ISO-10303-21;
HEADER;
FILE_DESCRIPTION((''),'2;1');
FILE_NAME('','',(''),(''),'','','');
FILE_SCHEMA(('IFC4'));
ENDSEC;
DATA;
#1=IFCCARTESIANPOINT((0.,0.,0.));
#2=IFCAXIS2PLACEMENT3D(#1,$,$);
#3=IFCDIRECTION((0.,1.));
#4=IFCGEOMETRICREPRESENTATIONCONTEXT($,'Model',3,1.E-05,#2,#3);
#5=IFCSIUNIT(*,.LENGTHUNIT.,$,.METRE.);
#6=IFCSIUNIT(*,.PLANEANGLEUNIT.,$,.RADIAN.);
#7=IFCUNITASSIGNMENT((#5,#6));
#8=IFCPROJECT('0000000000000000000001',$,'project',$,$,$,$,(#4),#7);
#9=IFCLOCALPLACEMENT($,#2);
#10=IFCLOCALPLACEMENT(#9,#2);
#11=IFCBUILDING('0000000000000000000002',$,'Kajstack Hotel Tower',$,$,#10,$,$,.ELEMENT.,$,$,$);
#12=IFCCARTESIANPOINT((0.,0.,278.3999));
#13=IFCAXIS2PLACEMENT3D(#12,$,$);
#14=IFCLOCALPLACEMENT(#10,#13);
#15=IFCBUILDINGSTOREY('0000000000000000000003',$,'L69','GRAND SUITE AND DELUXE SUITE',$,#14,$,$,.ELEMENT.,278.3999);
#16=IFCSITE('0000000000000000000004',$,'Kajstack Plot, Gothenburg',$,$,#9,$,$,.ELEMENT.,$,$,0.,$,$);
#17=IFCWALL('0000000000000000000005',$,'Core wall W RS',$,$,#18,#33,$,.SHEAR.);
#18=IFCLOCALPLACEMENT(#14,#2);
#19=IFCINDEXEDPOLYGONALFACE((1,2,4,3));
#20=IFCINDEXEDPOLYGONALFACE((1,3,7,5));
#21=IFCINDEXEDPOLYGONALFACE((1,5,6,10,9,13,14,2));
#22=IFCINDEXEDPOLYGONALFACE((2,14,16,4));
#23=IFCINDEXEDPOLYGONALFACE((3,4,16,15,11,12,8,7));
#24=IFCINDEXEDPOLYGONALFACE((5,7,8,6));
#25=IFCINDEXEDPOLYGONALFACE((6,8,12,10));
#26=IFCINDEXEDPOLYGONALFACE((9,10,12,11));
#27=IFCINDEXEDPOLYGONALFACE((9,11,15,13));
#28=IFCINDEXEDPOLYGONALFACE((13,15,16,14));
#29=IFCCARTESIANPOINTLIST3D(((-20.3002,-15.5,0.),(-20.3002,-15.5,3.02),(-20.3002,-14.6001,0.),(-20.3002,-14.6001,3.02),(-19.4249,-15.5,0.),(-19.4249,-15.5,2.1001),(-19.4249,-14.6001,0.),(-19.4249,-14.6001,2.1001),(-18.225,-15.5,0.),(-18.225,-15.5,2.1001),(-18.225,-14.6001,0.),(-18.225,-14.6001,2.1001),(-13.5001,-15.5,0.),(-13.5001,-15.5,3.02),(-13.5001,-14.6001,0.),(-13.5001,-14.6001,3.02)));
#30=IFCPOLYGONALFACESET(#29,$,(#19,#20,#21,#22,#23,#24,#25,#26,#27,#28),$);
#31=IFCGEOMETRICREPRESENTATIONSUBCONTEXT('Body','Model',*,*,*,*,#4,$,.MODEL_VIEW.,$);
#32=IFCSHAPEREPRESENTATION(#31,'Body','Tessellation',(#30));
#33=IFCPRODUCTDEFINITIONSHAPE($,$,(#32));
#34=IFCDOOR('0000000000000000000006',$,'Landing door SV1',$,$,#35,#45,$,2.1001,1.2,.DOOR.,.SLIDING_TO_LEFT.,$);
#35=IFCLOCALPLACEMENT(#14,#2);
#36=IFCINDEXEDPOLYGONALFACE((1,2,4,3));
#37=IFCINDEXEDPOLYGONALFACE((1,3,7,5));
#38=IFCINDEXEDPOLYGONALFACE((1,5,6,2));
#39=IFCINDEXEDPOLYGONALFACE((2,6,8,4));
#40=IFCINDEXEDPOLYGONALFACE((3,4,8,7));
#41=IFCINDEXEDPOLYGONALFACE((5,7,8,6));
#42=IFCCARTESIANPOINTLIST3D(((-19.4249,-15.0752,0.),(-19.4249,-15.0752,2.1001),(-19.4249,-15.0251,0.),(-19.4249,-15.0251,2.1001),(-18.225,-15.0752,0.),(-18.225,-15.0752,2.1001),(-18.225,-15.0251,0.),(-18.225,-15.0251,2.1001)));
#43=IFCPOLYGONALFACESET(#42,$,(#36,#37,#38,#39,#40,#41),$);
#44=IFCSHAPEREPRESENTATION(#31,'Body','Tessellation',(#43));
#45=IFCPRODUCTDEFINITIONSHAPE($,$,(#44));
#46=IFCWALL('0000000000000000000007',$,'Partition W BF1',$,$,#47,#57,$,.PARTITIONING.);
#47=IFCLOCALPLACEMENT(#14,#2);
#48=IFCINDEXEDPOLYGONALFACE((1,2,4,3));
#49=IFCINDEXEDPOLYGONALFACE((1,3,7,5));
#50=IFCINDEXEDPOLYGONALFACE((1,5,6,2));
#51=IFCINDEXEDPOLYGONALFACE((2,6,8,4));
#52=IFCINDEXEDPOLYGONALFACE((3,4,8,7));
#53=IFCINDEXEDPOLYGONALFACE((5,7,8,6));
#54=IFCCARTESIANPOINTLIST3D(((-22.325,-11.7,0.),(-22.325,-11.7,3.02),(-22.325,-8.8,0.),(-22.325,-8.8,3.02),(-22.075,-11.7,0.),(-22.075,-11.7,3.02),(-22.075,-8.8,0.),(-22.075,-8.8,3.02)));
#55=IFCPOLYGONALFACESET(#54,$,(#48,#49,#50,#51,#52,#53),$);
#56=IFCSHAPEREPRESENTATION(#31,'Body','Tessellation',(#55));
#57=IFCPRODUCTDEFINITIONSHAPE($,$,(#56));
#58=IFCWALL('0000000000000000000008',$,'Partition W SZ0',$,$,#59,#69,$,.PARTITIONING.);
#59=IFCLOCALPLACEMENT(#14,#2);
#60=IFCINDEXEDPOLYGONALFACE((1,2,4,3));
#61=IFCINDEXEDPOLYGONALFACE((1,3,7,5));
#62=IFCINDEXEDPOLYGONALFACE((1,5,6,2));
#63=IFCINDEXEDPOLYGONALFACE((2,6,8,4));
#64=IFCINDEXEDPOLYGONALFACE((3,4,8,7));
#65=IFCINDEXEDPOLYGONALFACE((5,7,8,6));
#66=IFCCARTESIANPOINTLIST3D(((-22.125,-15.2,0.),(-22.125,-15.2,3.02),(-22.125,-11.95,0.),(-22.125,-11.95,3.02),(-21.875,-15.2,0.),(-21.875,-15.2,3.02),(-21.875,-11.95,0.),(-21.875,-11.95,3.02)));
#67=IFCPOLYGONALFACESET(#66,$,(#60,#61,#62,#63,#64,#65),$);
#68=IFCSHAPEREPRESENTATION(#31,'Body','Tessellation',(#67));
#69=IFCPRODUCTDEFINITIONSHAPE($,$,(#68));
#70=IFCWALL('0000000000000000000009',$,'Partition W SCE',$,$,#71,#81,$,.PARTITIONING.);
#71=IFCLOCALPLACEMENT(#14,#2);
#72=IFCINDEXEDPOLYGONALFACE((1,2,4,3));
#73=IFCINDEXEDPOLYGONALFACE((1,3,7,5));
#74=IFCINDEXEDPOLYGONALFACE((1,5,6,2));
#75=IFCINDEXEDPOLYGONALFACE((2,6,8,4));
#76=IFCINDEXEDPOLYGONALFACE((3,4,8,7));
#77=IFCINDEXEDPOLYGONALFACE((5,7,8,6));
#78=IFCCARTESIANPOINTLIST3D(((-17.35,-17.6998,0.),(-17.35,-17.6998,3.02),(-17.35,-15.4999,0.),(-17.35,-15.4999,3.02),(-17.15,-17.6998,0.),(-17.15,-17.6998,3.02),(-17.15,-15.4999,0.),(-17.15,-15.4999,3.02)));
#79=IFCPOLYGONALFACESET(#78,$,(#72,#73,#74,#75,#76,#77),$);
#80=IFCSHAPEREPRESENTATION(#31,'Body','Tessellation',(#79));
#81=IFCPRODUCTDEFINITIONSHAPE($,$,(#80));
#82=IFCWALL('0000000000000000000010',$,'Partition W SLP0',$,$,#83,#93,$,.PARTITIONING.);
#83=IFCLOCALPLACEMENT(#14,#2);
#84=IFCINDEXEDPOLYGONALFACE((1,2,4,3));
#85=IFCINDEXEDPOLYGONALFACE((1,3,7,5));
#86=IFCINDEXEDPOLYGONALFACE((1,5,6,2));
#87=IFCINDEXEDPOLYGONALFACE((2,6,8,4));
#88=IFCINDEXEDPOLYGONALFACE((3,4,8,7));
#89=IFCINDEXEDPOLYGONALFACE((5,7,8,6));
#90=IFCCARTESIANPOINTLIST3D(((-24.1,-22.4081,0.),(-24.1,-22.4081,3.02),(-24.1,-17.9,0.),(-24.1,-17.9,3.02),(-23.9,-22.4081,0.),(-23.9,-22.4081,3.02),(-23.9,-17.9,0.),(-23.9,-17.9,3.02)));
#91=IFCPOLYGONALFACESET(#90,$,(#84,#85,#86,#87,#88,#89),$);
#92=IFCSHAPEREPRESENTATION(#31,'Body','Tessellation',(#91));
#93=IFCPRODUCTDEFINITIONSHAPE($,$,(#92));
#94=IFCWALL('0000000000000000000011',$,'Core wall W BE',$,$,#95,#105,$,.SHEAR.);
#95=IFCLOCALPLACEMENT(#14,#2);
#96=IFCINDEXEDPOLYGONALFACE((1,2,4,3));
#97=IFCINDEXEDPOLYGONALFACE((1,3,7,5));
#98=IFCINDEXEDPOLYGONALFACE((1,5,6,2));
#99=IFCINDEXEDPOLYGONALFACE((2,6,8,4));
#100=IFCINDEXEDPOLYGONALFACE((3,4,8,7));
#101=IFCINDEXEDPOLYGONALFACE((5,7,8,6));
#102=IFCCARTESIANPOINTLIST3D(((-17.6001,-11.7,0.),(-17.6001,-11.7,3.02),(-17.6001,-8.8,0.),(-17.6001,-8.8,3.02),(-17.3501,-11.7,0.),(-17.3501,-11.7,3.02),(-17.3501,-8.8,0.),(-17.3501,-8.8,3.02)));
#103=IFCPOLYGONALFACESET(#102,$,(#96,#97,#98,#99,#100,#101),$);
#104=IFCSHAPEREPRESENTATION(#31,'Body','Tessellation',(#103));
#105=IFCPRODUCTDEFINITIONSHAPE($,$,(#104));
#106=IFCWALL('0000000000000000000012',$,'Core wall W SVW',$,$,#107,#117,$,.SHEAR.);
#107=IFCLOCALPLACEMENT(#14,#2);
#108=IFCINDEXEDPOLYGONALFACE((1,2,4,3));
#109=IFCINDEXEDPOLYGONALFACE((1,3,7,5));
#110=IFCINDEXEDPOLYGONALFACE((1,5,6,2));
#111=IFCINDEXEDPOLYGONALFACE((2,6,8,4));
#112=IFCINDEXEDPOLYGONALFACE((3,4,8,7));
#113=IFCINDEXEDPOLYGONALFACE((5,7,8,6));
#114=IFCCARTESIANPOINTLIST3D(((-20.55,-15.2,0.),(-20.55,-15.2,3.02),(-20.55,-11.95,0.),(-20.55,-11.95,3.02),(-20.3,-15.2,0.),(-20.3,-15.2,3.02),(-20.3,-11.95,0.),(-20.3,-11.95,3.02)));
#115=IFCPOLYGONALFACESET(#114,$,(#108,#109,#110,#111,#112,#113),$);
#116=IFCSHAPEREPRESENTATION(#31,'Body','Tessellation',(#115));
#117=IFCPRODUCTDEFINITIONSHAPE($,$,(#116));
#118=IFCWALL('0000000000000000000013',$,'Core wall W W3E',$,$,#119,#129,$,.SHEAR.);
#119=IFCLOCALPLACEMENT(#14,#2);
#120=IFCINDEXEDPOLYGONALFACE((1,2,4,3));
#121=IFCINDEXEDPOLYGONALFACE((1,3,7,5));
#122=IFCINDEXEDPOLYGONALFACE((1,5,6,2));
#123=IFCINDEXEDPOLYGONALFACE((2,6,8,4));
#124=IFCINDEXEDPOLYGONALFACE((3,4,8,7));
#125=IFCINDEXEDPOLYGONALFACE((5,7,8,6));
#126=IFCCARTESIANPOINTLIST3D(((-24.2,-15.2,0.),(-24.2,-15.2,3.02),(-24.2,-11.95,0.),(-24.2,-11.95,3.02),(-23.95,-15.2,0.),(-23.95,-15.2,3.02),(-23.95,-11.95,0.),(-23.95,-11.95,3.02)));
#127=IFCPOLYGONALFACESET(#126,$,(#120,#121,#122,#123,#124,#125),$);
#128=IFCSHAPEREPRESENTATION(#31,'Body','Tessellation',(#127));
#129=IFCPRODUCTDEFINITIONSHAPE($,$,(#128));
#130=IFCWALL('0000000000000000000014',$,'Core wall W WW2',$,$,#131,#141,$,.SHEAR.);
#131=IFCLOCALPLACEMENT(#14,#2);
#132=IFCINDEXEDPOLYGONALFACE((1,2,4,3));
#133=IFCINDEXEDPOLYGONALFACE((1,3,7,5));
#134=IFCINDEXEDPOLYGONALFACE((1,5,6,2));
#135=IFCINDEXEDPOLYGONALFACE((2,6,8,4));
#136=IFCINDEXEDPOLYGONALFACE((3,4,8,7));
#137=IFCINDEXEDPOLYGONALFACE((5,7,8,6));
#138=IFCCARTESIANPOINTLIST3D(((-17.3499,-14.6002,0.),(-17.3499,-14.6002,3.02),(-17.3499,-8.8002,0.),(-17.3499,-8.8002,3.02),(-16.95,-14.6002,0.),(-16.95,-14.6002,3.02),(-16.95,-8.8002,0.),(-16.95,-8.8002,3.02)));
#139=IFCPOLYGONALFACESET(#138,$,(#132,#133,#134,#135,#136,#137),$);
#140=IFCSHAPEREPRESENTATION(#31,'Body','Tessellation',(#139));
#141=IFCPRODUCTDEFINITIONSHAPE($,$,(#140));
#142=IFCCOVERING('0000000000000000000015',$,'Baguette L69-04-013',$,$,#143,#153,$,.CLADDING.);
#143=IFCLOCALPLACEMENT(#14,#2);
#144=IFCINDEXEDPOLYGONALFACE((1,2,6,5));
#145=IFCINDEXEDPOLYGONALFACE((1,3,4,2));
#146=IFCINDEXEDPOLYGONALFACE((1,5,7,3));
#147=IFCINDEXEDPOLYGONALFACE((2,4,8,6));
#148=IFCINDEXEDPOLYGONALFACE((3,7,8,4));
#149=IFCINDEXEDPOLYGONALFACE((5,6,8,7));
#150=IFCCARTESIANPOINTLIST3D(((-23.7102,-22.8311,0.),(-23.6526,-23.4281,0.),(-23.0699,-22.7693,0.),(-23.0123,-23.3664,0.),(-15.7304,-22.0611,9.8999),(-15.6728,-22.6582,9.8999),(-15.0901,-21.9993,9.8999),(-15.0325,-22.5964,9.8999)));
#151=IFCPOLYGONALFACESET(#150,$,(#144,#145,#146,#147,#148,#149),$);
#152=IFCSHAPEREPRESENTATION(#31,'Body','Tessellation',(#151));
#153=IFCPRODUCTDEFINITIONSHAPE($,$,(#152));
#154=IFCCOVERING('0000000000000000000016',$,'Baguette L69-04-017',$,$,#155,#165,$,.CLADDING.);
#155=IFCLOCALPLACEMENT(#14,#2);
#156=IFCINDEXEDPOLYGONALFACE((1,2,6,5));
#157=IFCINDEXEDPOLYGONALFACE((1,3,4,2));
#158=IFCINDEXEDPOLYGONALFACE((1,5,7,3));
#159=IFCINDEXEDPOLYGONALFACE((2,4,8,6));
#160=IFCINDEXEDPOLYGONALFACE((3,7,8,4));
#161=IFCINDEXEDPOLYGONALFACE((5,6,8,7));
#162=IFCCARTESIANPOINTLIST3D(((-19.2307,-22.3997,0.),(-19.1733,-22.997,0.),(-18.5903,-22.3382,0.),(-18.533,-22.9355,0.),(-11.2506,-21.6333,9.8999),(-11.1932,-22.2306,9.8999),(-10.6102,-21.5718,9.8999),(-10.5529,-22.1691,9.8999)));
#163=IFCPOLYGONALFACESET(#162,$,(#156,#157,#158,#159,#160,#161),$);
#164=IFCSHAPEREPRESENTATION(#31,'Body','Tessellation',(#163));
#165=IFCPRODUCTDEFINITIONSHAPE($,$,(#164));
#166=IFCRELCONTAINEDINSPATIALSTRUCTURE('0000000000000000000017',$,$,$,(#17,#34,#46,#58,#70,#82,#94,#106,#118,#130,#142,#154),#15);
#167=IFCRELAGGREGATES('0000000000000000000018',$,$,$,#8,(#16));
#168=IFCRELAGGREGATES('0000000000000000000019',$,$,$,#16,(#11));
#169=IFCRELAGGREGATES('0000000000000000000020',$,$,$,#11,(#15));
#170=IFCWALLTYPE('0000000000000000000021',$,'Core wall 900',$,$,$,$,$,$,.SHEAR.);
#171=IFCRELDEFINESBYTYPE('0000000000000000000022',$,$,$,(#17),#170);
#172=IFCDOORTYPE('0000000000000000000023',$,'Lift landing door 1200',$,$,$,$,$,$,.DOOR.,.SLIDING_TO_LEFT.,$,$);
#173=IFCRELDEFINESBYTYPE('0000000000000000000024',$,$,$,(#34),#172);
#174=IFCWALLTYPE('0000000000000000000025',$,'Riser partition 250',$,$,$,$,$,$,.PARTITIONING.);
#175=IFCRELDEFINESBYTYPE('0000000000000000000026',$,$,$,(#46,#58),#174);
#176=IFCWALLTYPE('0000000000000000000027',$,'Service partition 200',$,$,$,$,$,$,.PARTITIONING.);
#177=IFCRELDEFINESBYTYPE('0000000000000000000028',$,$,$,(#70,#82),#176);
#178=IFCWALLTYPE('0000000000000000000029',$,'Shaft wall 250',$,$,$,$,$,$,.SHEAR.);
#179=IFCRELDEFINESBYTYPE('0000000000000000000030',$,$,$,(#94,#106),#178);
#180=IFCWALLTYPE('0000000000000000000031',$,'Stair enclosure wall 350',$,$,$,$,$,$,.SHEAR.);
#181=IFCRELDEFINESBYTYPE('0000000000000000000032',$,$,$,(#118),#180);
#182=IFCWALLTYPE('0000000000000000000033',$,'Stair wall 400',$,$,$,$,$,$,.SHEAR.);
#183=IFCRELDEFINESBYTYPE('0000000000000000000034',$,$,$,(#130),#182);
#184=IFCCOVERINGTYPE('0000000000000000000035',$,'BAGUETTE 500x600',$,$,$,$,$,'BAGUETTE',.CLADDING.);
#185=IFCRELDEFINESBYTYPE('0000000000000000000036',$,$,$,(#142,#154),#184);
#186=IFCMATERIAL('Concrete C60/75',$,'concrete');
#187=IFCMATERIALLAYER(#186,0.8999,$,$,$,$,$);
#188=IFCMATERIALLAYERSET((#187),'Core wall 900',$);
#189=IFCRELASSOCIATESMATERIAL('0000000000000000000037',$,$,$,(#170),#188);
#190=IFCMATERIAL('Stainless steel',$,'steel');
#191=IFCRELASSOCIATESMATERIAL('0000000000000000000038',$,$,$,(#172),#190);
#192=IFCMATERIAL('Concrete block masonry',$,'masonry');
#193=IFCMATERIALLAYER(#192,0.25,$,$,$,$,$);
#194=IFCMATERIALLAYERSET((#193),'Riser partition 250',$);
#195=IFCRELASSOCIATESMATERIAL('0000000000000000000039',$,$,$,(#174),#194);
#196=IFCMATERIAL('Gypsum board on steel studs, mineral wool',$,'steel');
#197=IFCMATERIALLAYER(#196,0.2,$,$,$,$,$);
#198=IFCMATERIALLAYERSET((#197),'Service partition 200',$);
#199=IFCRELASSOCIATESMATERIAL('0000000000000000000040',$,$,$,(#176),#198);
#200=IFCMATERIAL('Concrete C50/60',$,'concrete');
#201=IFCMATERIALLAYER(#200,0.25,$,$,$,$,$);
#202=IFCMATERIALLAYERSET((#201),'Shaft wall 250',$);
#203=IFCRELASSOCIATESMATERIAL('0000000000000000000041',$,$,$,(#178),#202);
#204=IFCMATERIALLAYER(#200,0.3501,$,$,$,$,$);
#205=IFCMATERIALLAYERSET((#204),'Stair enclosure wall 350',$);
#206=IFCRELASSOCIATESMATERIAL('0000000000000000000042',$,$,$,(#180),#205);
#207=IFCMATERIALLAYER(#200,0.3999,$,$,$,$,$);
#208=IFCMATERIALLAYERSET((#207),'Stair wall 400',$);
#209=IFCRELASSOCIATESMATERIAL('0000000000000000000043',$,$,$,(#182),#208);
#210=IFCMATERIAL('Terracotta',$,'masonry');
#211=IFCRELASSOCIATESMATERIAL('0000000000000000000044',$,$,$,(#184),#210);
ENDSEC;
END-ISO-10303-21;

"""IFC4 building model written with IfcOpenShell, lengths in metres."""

from ifc_helpers import new_model, si_unit, direction, frame, frame_2d, origin, origin_2d, place, context, subcontext, project, spatial, polyline, rectangle, outline, extrude, material, layer, layer_set, material_profile, profile_set, type_object, element, fill, save


model = new_model("IFC4")

# Units and contexts
model_context = context("Model", 3, precision=1e-05, world=origin(), true_north=direction((0.0, 1.0)))
body_context = subcontext(model_context, "Body", "Model", "MODEL_VIEW")
ifc_project = project(units=[si_unit("LENGTHUNIT", "METRE"), si_unit("PLANEANGLEUNIT", "RADIAN")], contexts=[model_context])

# Site, building, storey
site_placement = place(None, origin())
site = spatial("IfcSite", under=ifc_project, at=site_placement, Name="Kajstack Plot, Gothenburg", CompositionType="ELEMENT", RefElevation=0.0)
building_placement = place(site_placement, origin())
building = spatial("IfcBuilding", under=site, at=building_placement, Name="Kajstack Hotel Tower", CompositionType="ELEMENT")
storey_placement = place(building_placement, frame((0.0, 0.0, 278.3999)))
storey = spatial("IfcBuildingStorey", under=building, at=storey_placement, Name="L69", Description="GRAND SUITE AND DELUXE SUITE", CompositionType="ELEMENT", Elevation=278.3999)

# Wall, opening, door
ifc_material_1 = material(Name="Concrete C60/75", Category="concrete")
ifc_layer_1 = layer(ifc_material_1, 0.8999)
ifc_layer_set_1 = layer_set([ifc_layer_1], Name="Core wall 900")
wall_type_1 = type_object("IfcWallType", Name="Core wall 900", PredefinedType="SHEAR", material=ifc_layer_set_1)
wall_1_placement = place(storey_placement, frame((-20.3, -15.05, 0.0), z_axis=(0.0, 0.0, 1.0), x_axis=(1.0, 0.0, 0.0)))
wall_1 = element("IfcWall", 1, at=wall_1_placement, inside=storey, type_object=wall_type_1, Name="Core wall W RS", PredefinedType="SHEAR", context=body_context, shape_type="SweptSolid", body=[
    extrude(rectangle(XDim=6.8, YDim=0.8999, at=frame_2d((3.3999, 0.0))), origin(), (0.0, 0.0, 1.0), 3.02),
])
opening_placement = place(wall_1_placement, frame((0.875, 0.0, 0.0)))
opening = element("IfcOpeningElement", 2, at=opening_placement, cuts=wall_1, PredefinedType="OPENING", context=body_context, shape_type="SweptSolid", body=[
    extrude(rectangle(XDim=1.2, YDim=2.1001, at=frame_2d((0.6001, 1.05))), frame((0.0, 0.46, 0.0), z_axis=(0.0, -1.0, 0.0), x_axis=(1.0, 0.0, 0.0)), (0.0, 0.0, 1.0), 0.9199),
])
ifc_material_2 = material(Name="Stainless steel", Category="steel")
door_type = type_object("IfcDoorType", Name="Lift landing door 1200", OperationType="SLIDING_TO_LEFT", PredefinedType="DOOR", material=ifc_material_2)
door_placement = place(opening_placement, origin())
door = element("IfcDoor", 3, at=door_placement, inside=storey, type_object=door_type, Name="Landing door SV1", OperationType="SLIDING_TO_LEFT", OverallHeight=2.1001, OverallWidth=1.2, PredefinedType="DOOR", context=body_context, shape_type="SweptSolid", body=[
    extrude(rectangle(XDim=1.2, YDim=2.1001, at=frame_2d((0.6001, 1.05))), frame((0.0, 0.0249, 0.0), z_axis=(0.0, -1.0, 0.0), x_axis=(1.0, 0.0, 0.0)), (0.0, 0.0, 1.0), 0.05),
])
fill(opening, door)

# Walls
ifc_material_3 = material(Name="Concrete block masonry", Category="masonry")
ifc_layer_2 = layer(ifc_material_3, 0.25)
ifc_layer_set_2 = layer_set([ifc_layer_2], Name="Riser partition 250")
wall_type_2 = type_object("IfcWallType", Name="Riser partition 250", PredefinedType="PARTITIONING", material=ifc_layer_set_2)
wall_2_placement = place(storey_placement, frame((-22.2, -11.7, 0.0), z_axis=(0.0, 0.0, 1.0), x_axis=(0.0, 1.0, 0.0)))
element("IfcWall", 4, at=wall_2_placement, inside=storey, type_object=wall_type_2, Name="Partition W BF1", PredefinedType="PARTITIONING", context=body_context, shape_type="SweptSolid", body=[
    extrude(rectangle(XDim=2.8999, YDim=0.25, at=frame_2d((1.45, 0.0))), origin(), (0.0, 0.0, 1.0), 3.02),
])
wall_3_placement = place(storey_placement, frame((-22.0, -15.2, 0.0), z_axis=(0.0, 0.0, 1.0), x_axis=(0.0, 1.0, 0.0)))
element("IfcWall", 5, at=wall_3_placement, inside=storey, type_object=wall_type_2, Name="Partition W SZ0", PredefinedType="PARTITIONING", context=body_context, shape_type="SweptSolid", body=[
    extrude(rectangle(XDim=3.25, YDim=0.25, at=frame_2d((1.625, 0.0))), origin(), (0.0, 0.0, 1.0), 3.02),
])
ifc_material_4 = material(Name="Gypsum board on steel studs, mineral wool", Category="steel")
ifc_layer_3 = layer(ifc_material_4, 0.2)
ifc_layer_set_3 = layer_set([ifc_layer_3], Name="Service partition 200")
wall_type_3 = type_object("IfcWallType", Name="Service partition 200", PredefinedType="PARTITIONING", material=ifc_layer_set_3)
wall_4_placement = place(storey_placement, frame((-17.25, -17.7, 0.0), z_axis=(0.0, 0.0, 1.0), x_axis=(0.0, 1.0, 0.0)))
element("IfcWall", 6, at=wall_4_placement, inside=storey, type_object=wall_type_3, Name="Partition W SCE", PredefinedType="PARTITIONING", context=body_context, shape_type="SweptSolid", body=[
    extrude(rectangle(XDim=2.2, YDim=0.2, at=frame_2d((1.1001, 0.0))), origin(), (0.0, 0.0, 1.0), 3.02),
])
wall_5_placement = place(storey_placement, frame((-24.0, -22.408, 0.0), z_axis=(0.0, 0.0, 1.0), x_axis=(0.0, 1.0, 0.0)))
element("IfcWall", 7, at=wall_5_placement, inside=storey, type_object=wall_type_3, Name="Partition W SLP0", PredefinedType="PARTITIONING", context=body_context, shape_type="SweptSolid", body=[
    extrude(rectangle(XDim=4.5081, YDim=0.2, at=frame_2d((2.2539, 0.0))), origin(), (0.0, 0.0, 1.0), 3.02),
])
ifc_material_5 = material(Name="Concrete C50/60", Category="concrete")
ifc_layer_4 = layer(ifc_material_5, 0.25)
ifc_layer_set_4 = layer_set([ifc_layer_4], Name="Shaft wall 250")
wall_type_4 = type_object("IfcWallType", Name="Shaft wall 250", PredefinedType="SHEAR", material=ifc_layer_set_4)
wall_6_placement = place(storey_placement, frame((-17.4751, -11.7, 0.0), z_axis=(0.0, 0.0, 1.0), x_axis=(0.0, 1.0, 0.0)))
element("IfcWall", 8, at=wall_6_placement, inside=storey, type_object=wall_type_4, Name="Core wall W BE", PredefinedType="SHEAR", context=body_context, shape_type="SweptSolid", body=[
    extrude(rectangle(XDim=2.8999, YDim=0.25, at=frame_2d((1.45, 0.0))), origin(), (0.0, 0.0, 1.0), 3.02),
])
wall_7_placement = place(storey_placement, frame((-20.425, -15.2, 0.0), z_axis=(0.0, 0.0, 1.0), x_axis=(0.0, 1.0, 0.0)))
element("IfcWall", 9, at=wall_7_placement, inside=storey, type_object=wall_type_4, Name="Core wall W SVW", PredefinedType="SHEAR", context=body_context, shape_type="SweptSolid", body=[
    extrude(rectangle(XDim=3.25, YDim=0.25, at=frame_2d((1.625, 0.0))), origin(), (0.0, 0.0, 1.0), 3.02),
])
ifc_layer_5 = layer(ifc_material_5, 0.3501)
ifc_layer_set_5 = layer_set([ifc_layer_5], Name="Stair enclosure wall 350")
wall_type_5 = type_object("IfcWallType", Name="Stair enclosure wall 350", PredefinedType="SHEAR", material=ifc_layer_set_5)
wall_8_placement = place(storey_placement, frame((-24.075, -15.2, 0.0), z_axis=(0.0, 0.0, 1.0), x_axis=(0.0, 1.0, 0.0)))
element("IfcWall", 10, at=wall_8_placement, inside=storey, type_object=wall_type_5, Name="Core wall W W3E", PredefinedType="SHEAR", context=body_context, shape_type="SweptSolid", body=[
    extrude(rectangle(XDim=3.25, YDim=0.25, at=frame_2d((1.625, 0.0))), origin(), (0.0, 0.0, 1.0), 3.02),
])
ifc_layer_6 = layer(ifc_material_5, 0.3999)
ifc_layer_set_6 = layer_set([ifc_layer_6], Name="Stair wall 400")
wall_type_6 = type_object("IfcWallType", Name="Stair wall 400", PredefinedType="SHEAR", material=ifc_layer_set_6)
wall_9_placement = place(storey_placement, frame((-17.1499, -14.6001, 0.0), z_axis=(0.0, 0.0, 1.0), x_axis=(0.0, 1.0, 0.0)))
element("IfcWall", 11, at=wall_9_placement, inside=storey, type_object=wall_type_6, Name="Core wall W WW2", PredefinedType="SHEAR", context=body_context, shape_type="SweptSolid", body=[
    extrude(rectangle(XDim=5.8, YDim=0.3999, at=frame_2d((2.8999, 0.0))), origin(), (0.0, 0.0, 1.0), 3.02),
])

# Coverings
ifc_material_6 = material(Name="Terracotta", Category="masonry")
ifc_material_profile = material_profile(ifc_material_6, rectangle(XDim=0.6001, YDim=0.5, at=origin_2d()), Name="Terracotta-clad concrete baguette 500 x 600")
ifc_profile_set = profile_set([ifc_material_profile], Name="Terracotta")
covering_type = type_object("IfcCoveringType", Name="BAGUETTE 500x600", ElementType="BAGUETTE", PredefinedType="CLADDING", material=ifc_profile_set)
covering_1_placement = place(storey_placement, frame((-23.7102, -22.8311, 0.0), z_axis=(0.096038, -0.995378, 0.0), x_axis=(0.995378, 0.096038, 0.0)))
element("IfcCovering", 12, at=covering_1_placement, inside=storey, type_object=covering_type, Name="Baguette L69-04-013", PredefinedType="CLADDING", context=body_context, shape_type="SweptSolid", body=[
    extrude(outline(polyline([(8.0168, 9.8999), (0.0, 0.0), (0.6433, 0.0), (8.6602, 9.8999), (8.0168, 9.8999)])), origin(), (0.0, 0.0, 1.0), 0.5999),
])
covering_2_placement = place(storey_placement, frame((-19.2307, -22.3997, 0.0), z_axis=(0.095596, -0.99542, 0.0), x_axis=(0.99542, 0.095596, 0.0)))
element("IfcCovering", 13, at=covering_2_placement, inside=storey, type_object=covering_type, Name="Baguette L69-04-017", PredefinedType="CLADDING", context=body_context, shape_type="SweptSolid", body=[
    extrude(outline(polyline([(8.0168, 9.8999), (0.0, 0.0), (0.6433, 0.0), (8.6602, 9.8999), (8.0168, 9.8999)])), origin(), (0.0, 0.0, 1.0), 0.6001),
])

save(model, "model.ifc")
